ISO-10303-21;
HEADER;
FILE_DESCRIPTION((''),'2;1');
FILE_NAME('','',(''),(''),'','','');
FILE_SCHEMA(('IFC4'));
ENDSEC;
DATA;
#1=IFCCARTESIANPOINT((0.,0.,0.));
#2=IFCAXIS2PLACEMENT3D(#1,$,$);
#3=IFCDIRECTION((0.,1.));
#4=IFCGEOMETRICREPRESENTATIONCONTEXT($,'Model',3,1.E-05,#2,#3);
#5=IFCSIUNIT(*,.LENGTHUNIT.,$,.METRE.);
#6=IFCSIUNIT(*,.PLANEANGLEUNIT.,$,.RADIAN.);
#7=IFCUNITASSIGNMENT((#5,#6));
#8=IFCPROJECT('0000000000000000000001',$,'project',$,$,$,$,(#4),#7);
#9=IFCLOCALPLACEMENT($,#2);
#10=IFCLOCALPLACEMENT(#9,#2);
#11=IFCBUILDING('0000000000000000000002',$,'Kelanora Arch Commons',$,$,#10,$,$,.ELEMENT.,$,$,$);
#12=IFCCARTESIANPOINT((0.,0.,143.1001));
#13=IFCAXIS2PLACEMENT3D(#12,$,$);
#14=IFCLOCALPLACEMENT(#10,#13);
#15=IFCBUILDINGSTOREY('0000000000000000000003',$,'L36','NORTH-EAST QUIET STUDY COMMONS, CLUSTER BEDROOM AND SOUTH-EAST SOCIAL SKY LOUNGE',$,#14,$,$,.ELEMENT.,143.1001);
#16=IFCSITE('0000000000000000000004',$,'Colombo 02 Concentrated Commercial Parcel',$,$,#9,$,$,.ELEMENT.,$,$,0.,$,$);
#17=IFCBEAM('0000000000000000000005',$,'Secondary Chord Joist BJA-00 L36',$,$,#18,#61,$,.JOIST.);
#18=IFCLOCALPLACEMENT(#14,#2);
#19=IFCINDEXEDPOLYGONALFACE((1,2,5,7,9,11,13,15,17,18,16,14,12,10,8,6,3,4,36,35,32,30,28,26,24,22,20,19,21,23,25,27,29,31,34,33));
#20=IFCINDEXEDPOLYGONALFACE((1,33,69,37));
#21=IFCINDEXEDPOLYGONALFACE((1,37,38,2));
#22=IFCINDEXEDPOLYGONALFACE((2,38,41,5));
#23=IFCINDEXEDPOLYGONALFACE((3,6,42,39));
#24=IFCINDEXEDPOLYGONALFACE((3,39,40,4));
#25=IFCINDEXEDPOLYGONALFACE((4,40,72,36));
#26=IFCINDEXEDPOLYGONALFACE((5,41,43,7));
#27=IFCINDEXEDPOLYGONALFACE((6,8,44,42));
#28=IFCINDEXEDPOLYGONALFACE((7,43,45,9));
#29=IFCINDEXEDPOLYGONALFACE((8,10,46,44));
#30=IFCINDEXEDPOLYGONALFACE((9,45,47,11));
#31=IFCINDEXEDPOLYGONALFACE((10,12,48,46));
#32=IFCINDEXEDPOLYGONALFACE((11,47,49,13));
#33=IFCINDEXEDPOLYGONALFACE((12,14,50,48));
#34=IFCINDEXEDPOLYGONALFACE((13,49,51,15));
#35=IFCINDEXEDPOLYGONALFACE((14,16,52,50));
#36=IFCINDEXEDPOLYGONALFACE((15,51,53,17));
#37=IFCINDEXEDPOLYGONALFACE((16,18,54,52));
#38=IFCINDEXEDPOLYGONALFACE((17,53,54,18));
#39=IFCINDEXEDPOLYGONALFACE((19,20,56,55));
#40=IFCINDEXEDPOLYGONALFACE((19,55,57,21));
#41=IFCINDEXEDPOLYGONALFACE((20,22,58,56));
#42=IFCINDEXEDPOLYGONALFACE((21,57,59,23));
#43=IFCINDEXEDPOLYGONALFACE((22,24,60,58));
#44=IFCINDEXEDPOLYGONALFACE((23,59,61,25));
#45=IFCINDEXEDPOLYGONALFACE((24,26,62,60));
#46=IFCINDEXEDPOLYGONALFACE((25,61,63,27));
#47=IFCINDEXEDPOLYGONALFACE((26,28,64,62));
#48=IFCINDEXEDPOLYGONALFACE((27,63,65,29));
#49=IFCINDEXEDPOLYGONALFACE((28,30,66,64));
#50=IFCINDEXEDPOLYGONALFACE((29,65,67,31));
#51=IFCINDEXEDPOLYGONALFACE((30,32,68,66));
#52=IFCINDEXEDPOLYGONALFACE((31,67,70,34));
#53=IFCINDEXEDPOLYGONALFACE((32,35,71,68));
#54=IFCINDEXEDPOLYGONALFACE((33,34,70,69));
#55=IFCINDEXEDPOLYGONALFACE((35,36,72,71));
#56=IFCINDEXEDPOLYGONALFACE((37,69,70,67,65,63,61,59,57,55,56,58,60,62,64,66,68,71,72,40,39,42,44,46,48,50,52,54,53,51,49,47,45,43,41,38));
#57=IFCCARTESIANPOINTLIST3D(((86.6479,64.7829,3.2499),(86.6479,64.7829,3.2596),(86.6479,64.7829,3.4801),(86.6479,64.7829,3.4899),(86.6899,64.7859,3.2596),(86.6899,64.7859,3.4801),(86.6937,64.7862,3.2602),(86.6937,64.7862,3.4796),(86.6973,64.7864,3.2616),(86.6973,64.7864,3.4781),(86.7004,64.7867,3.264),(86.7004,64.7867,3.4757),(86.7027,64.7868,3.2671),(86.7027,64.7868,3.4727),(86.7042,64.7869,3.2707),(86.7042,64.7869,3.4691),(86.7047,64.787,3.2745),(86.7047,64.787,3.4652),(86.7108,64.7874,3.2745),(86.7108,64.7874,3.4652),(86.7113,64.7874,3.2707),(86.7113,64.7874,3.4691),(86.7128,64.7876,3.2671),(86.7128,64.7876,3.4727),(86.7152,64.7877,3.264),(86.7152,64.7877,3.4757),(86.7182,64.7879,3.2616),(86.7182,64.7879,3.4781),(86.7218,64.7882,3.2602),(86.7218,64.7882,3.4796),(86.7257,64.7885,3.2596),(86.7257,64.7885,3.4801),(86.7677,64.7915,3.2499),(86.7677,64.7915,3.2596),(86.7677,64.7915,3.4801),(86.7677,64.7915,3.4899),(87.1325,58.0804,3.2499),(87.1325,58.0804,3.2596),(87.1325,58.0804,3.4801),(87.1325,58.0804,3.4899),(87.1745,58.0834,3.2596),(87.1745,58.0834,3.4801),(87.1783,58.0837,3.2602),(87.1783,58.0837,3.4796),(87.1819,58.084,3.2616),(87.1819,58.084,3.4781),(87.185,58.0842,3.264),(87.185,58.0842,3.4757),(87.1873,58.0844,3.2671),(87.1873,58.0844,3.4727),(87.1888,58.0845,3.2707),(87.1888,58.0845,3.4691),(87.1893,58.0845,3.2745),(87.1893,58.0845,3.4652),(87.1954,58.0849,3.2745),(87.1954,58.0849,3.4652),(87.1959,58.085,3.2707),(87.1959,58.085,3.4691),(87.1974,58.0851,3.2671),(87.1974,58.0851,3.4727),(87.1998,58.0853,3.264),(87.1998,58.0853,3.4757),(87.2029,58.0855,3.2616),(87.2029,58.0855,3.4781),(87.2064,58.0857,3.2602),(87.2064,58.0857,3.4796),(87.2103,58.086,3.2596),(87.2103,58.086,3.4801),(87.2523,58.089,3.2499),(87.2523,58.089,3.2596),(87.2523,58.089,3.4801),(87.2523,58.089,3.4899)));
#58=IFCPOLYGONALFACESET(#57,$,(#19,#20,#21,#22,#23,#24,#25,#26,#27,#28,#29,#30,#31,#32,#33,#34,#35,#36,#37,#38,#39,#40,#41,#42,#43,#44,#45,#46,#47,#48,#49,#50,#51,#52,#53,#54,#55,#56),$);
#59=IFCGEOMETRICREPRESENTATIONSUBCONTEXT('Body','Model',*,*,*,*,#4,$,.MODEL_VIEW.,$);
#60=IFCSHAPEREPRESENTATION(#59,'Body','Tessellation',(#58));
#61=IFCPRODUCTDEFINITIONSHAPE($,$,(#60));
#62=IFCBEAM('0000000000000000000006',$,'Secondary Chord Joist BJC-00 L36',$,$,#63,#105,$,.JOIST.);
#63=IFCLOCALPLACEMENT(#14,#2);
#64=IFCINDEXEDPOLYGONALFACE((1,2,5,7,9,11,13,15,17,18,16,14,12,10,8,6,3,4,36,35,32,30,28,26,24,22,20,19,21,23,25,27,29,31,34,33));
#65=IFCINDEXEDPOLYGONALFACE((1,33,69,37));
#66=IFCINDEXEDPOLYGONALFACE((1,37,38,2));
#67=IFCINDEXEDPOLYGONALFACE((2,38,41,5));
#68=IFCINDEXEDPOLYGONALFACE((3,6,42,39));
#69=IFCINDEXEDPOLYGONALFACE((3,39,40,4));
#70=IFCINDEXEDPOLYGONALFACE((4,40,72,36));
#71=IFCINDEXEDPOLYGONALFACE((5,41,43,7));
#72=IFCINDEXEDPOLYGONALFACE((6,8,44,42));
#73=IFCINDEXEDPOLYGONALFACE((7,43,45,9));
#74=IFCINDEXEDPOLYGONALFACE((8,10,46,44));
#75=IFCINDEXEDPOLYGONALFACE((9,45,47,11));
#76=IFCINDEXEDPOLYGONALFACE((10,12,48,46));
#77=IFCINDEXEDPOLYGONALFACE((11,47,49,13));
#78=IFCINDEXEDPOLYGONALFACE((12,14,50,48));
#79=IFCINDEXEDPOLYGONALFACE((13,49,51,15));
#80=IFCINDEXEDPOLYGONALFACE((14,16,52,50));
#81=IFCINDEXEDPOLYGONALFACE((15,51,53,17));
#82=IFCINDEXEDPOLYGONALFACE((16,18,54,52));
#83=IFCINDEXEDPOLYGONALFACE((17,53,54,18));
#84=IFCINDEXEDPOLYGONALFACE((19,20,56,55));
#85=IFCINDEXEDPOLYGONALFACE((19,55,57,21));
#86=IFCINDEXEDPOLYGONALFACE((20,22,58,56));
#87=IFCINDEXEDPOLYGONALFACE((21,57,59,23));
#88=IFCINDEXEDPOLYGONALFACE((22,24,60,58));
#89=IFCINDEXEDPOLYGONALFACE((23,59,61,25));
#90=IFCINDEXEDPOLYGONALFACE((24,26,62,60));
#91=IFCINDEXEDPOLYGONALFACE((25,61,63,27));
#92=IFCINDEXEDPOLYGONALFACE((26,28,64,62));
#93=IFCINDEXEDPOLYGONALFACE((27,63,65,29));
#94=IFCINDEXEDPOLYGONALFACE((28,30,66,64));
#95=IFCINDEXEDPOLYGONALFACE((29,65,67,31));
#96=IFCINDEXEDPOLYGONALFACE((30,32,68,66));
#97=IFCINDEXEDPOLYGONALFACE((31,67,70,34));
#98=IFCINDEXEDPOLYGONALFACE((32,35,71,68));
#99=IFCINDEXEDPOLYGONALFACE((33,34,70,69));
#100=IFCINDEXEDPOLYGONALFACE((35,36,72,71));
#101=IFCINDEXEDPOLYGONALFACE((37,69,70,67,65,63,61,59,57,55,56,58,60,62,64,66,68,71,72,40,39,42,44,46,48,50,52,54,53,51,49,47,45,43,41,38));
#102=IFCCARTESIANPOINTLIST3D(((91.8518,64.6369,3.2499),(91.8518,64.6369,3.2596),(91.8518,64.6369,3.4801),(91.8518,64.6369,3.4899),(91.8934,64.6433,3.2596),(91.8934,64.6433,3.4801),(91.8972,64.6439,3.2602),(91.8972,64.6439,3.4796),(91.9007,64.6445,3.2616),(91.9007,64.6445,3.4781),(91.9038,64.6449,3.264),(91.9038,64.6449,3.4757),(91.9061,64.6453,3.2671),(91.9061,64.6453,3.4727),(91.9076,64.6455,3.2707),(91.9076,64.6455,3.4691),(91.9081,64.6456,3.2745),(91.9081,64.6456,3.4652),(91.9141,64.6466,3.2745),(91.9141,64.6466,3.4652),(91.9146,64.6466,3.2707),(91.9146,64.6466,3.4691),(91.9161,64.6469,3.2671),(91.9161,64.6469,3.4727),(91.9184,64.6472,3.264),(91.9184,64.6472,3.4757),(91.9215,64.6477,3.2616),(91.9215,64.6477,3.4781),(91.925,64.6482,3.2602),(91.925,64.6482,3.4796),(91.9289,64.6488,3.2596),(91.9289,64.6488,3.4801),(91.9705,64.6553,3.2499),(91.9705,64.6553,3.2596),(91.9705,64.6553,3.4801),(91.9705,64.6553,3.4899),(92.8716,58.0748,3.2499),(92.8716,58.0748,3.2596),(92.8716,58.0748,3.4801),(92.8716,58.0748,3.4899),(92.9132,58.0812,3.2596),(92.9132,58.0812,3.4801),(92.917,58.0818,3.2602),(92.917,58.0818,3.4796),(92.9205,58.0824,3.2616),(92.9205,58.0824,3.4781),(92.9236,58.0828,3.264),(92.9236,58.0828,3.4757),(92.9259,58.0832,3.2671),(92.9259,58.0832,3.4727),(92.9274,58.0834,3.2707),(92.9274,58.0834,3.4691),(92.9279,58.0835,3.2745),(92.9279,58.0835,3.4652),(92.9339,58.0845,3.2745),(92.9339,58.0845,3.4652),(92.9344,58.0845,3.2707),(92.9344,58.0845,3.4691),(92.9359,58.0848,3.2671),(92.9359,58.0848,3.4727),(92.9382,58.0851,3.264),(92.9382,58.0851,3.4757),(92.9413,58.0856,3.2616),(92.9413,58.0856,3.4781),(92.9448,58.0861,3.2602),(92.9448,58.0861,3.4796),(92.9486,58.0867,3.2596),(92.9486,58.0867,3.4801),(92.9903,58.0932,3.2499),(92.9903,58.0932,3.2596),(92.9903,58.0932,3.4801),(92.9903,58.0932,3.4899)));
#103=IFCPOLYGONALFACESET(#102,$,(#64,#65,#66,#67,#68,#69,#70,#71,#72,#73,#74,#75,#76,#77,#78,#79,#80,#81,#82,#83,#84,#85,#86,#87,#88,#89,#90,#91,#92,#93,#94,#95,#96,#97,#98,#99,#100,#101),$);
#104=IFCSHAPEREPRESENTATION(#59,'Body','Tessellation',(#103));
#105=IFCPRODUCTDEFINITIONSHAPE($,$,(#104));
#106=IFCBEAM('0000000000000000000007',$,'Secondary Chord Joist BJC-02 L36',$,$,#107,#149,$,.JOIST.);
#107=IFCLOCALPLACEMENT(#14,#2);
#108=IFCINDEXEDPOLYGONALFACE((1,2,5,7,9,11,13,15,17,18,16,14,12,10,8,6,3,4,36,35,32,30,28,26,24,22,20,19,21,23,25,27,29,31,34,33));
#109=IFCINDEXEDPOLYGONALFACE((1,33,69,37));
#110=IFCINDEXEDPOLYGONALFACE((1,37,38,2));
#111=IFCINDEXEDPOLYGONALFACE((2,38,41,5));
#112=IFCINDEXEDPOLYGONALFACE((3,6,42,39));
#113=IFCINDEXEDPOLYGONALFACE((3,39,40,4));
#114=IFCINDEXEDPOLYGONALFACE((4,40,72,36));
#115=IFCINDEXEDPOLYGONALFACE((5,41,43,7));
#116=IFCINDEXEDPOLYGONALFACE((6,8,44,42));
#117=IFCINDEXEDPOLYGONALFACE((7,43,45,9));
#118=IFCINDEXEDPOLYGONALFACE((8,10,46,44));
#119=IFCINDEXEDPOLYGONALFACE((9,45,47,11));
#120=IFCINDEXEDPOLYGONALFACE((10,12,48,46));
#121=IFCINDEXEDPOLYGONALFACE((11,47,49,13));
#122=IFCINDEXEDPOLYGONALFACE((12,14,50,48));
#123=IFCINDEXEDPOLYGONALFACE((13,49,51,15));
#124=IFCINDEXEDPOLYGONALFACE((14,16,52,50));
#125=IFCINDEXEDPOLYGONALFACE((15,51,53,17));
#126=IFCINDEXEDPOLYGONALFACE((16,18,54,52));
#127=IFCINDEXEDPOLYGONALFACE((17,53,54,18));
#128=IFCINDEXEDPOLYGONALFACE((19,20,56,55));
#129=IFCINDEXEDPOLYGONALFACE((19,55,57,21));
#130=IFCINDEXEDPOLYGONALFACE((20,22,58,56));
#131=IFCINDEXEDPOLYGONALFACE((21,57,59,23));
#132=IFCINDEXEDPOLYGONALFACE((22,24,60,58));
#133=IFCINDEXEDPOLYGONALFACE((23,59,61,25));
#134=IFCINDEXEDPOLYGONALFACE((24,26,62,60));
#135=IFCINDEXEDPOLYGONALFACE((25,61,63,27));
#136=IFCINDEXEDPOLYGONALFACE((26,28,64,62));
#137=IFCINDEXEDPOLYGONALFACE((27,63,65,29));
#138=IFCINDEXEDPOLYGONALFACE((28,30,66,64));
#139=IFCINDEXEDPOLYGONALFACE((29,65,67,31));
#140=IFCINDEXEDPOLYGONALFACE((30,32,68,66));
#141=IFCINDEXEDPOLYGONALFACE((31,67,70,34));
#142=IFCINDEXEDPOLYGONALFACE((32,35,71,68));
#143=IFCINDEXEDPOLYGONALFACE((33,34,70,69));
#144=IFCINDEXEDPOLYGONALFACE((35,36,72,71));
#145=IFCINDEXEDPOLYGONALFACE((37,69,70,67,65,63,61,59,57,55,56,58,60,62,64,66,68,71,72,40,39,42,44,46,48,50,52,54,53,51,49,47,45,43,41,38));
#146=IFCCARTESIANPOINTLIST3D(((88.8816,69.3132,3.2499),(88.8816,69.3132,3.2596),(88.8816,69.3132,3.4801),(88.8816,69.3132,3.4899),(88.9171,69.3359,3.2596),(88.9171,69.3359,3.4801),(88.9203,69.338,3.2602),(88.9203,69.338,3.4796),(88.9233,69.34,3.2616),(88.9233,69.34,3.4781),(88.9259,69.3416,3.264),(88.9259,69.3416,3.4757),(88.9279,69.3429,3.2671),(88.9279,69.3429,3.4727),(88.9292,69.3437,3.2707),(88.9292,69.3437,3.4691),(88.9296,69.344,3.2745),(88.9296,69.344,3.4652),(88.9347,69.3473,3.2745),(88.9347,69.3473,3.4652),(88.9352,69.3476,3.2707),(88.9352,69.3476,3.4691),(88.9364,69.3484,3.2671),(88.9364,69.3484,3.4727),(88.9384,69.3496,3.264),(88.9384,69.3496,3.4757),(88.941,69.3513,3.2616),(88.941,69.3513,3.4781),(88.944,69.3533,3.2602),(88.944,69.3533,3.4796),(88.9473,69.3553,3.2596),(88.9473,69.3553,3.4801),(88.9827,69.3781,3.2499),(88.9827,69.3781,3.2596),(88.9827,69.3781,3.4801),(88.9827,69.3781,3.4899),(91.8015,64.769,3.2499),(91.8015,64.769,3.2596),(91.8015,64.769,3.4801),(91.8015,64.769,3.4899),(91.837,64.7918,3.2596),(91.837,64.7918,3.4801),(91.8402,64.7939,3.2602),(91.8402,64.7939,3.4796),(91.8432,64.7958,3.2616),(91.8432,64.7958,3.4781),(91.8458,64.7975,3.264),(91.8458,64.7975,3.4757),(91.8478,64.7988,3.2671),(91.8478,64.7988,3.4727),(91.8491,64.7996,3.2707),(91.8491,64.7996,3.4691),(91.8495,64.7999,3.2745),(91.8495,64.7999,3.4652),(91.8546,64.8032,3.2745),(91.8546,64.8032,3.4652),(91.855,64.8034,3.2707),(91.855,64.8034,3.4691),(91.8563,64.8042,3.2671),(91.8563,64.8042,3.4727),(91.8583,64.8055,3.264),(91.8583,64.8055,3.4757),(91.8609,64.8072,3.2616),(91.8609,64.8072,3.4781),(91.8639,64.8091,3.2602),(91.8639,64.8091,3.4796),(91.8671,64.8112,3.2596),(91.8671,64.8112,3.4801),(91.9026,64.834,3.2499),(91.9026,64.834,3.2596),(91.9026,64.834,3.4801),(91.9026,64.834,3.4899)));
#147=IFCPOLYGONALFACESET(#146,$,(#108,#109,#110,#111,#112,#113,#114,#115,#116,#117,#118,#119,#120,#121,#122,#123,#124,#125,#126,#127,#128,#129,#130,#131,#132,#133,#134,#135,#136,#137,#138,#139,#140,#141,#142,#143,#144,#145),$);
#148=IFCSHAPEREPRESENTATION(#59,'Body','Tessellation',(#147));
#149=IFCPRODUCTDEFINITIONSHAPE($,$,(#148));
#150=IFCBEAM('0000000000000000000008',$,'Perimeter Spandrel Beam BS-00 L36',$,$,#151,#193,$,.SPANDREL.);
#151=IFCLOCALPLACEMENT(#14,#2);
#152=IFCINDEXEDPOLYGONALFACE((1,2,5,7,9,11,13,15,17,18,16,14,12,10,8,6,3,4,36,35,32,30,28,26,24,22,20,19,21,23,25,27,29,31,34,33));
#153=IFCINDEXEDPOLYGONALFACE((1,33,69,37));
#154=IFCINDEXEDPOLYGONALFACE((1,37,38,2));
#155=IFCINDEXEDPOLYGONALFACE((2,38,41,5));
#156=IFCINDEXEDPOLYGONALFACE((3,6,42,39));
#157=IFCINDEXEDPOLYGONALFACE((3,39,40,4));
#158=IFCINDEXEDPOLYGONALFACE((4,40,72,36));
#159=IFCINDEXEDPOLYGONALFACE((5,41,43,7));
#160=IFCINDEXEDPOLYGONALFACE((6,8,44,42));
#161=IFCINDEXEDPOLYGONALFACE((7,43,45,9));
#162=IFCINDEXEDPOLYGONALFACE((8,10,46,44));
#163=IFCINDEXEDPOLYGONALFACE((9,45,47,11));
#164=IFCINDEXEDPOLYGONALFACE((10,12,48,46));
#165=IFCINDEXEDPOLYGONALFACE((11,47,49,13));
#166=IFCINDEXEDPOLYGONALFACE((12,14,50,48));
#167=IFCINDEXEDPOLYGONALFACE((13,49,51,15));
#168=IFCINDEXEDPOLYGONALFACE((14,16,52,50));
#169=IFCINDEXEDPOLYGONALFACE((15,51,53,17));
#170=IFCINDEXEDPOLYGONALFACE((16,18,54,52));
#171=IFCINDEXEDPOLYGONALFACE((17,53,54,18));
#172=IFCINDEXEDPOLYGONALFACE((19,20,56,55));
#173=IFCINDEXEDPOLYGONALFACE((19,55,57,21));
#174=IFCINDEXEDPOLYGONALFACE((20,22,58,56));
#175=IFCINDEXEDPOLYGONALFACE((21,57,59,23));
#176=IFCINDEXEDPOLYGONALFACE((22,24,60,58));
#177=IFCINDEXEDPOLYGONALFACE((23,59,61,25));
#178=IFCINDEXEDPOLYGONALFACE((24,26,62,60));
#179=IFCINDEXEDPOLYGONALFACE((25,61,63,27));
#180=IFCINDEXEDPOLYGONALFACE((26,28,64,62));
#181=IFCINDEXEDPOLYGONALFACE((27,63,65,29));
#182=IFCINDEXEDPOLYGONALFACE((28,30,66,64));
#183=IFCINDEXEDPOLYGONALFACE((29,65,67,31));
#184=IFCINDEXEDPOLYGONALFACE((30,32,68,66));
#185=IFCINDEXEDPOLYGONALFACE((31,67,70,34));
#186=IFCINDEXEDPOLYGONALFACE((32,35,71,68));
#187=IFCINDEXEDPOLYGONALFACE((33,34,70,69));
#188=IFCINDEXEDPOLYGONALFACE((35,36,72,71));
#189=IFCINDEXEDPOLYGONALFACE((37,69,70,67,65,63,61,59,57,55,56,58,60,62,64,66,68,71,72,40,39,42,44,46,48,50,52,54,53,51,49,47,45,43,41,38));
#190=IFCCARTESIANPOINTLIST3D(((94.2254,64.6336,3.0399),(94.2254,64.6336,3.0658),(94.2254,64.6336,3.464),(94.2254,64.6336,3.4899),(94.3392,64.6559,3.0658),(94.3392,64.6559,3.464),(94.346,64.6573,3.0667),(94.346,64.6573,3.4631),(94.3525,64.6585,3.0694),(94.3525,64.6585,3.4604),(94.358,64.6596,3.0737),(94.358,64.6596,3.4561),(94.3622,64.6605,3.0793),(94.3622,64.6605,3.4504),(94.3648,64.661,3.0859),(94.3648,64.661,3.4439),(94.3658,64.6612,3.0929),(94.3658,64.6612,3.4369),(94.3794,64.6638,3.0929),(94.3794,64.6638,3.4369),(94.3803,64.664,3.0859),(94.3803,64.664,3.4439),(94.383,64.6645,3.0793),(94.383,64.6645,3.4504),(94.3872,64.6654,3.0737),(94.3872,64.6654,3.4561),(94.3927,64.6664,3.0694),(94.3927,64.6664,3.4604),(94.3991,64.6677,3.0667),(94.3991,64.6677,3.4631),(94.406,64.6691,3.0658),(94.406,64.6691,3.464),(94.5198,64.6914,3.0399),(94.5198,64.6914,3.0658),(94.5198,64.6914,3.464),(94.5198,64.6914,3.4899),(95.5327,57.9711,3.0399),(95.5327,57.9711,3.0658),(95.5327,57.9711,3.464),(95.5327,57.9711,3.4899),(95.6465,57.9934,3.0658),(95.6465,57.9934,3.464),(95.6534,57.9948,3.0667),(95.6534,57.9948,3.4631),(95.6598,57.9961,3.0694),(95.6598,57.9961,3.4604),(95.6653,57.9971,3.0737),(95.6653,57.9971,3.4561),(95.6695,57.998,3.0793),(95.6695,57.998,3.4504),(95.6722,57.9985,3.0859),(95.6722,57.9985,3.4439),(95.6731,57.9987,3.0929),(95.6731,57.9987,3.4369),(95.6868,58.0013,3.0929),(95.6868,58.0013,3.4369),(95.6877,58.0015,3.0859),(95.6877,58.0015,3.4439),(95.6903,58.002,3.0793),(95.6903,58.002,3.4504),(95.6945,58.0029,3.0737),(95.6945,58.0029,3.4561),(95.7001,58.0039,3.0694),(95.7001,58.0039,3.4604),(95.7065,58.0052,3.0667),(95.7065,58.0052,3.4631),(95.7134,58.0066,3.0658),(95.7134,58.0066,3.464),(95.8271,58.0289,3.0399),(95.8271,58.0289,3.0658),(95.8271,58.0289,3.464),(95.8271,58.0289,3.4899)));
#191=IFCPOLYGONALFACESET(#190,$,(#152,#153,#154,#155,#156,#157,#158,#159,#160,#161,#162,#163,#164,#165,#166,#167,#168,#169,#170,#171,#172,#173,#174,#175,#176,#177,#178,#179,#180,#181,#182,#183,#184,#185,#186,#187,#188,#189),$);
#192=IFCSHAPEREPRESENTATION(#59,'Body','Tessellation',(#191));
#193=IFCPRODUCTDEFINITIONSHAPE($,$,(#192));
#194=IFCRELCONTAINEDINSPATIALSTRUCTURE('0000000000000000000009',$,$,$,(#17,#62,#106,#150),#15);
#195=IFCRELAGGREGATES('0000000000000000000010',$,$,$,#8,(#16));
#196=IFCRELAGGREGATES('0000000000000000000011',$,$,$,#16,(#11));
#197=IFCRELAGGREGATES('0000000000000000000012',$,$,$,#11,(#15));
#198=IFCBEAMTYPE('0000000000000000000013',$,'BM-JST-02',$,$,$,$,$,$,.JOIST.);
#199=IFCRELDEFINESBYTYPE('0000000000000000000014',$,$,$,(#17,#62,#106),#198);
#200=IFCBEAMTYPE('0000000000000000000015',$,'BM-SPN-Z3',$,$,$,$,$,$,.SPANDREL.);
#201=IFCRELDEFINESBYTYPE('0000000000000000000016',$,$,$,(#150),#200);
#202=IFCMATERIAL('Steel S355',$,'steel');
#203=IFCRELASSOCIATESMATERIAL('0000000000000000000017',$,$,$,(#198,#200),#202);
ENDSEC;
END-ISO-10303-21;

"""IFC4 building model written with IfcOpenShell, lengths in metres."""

from ifc_helpers import new_model, si_unit, direction, frame, origin, origin_2d, place, context, subcontext, project, spatial, i_section, extrude, material, material_profile, profile_set, type_object, element, save


model = new_model("IFC4")

# Units and contexts
model_context = context("Model", 3, precision=1e-05, world=origin(), true_north=direction((0.0, 1.0)))
body_context = subcontext(model_context, "Body", "Model", "MODEL_VIEW")
ifc_project = project(units=[si_unit("LENGTHUNIT", "METRE"), si_unit("PLANEANGLEUNIT", "RADIAN")], contexts=[model_context])

# Site, building, storey
site_placement = place(None, origin())
site = spatial("IfcSite", under=ifc_project, at=site_placement, Name="Colombo 02 Concentrated Commercial Parcel", CompositionType="ELEMENT", RefElevation=0.0)
building_placement = place(site_placement, origin())
building = spatial("IfcBuilding", under=site, at=building_placement, Name="Kelanora Arch Commons", CompositionType="ELEMENT")
storey_placement = place(building_placement, frame((0.0, 0.0, 143.1001)))
storey = spatial("IfcBuildingStorey", under=building, at=storey_placement, Name="L36", Description="NORTH-EAST QUIET STUDY COMMONS, CLUSTER BEDROOM AND SOUTH-EAST SOCIAL SKY LOUNGE", CompositionType="ELEMENT", Elevation=143.1001)

# Beams
ifc_material_1 = material(Name="Steel S355", Category="steel")
ifc_material_profile_1 = material_profile(ifc_material_1, i_section(OverallWidth=0.1201, OverallDepth=0.24, WebThickness=0.0061, FlangeThickness=0.0098, FilletRadius=0.0149, at=origin_2d()), Name="IPE240")
ifc_profile_set_1 = profile_set([ifc_material_profile_1], Name="Steel S355")
beam_type_1 = type_object("IfcBeamType", Name="BM-JST-02", PredefinedType="JOIST", material=ifc_profile_set_1)
beam_1_placement = place(storey_placement, frame((87.1924, 58.0847, 3.3699), z_axis=(-0.072117, 0.997396, 0.0), x_axis=(-0.997396, -0.072117, 0.0)))
element("IfcBeam", 1, at=beam_1_placement, inside=storey, type_object=beam_type_1, Name="Secondary Chord Joist BJA-00 L36", PredefinedType="JOIST", context=body_context, shape_type="SweptSolid", body=[
    extrude(i_section(OverallWidth=0.1201, OverallDepth=0.24, WebThickness=0.0061, FlangeThickness=0.0098, FilletRadius=0.0149, at=origin_2d()), origin(), (0.0, 0.0, 1.0), 6.72),
])
beam_2_placement = place(storey_placement, frame((92.9309, 58.084, 3.3699), z_axis=(-0.153563, 0.988139, 0.0), x_axis=(-0.988139, -0.153563, 0.0)))
element("IfcBeam", 2, at=beam_2_placement, inside=storey, type_object=beam_type_1, Name="Secondary Chord Joist BJC-00 L36", PredefinedType="JOIST", context=body_context, shape_type="SweptSolid", body=[
    extrude(i_section(OverallWidth=0.1201, OverallDepth=0.24, WebThickness=0.0061, FlangeThickness=0.0098, FilletRadius=0.0149, at=origin_2d()), origin(), (0.0, 0.0, 1.0), 6.6409),
])
beam_3_placement = place(storey_placement, frame((91.8521, 64.8015, 3.3699), z_axis=(-0.540582, 0.841292, 0.0), x_axis=(-0.841292, -0.540582, 0.0)))
element("IfcBeam", 3, at=beam_3_placement, inside=storey, type_object=beam_type_1, Name="Secondary Chord Joist BJC-02 L36", PredefinedType="JOIST", context=body_context, shape_type="SweptSolid", body=[
    extrude(i_section(OverallWidth=0.1201, OverallDepth=0.24, WebThickness=0.0061, FlangeThickness=0.0098, FilletRadius=0.0149, at=origin_2d()), origin(), (0.0, 0.0, 1.0), 5.4014),
])
ifc_material_profile_2 = material_profile(ifc_material_1, i_section(OverallWidth=0.3, OverallDepth=0.45, WebThickness=0.0139, FlangeThickness=0.0259, FilletRadius=0.0271, at=origin_2d()), Name="HEB450")
ifc_profile_set_2 = profile_set([ifc_material_profile_2], Name="Steel S355")
beam_type_2 = type_object("IfcBeamType", Name="BM-SPN-Z3", PredefinedType="SPANDREL", material=ifc_profile_set_2)
beam_4_placement = place(storey_placement, frame((95.6799, 58.0, 3.2649), z_axis=(-0.192554, 0.981286, 0.0), x_axis=(-0.981286, -0.192554, 0.0)))
element("IfcBeam", 4, at=beam_4_placement, inside=storey, type_object=beam_type_2, Name="Perimeter Spandrel Beam BS-00 L36", PredefinedType="SPANDREL", context=body_context, shape_type="SweptSolid", body=[
    extrude(i_section(OverallWidth=0.3, OverallDepth=0.45, WebThickness=0.0139, FlangeThickness=0.0259, FilletRadius=0.0271, at=origin_2d()), origin(), (0.0, 0.0, 1.0), 6.7896),
])

save(model, "model.ifc")
